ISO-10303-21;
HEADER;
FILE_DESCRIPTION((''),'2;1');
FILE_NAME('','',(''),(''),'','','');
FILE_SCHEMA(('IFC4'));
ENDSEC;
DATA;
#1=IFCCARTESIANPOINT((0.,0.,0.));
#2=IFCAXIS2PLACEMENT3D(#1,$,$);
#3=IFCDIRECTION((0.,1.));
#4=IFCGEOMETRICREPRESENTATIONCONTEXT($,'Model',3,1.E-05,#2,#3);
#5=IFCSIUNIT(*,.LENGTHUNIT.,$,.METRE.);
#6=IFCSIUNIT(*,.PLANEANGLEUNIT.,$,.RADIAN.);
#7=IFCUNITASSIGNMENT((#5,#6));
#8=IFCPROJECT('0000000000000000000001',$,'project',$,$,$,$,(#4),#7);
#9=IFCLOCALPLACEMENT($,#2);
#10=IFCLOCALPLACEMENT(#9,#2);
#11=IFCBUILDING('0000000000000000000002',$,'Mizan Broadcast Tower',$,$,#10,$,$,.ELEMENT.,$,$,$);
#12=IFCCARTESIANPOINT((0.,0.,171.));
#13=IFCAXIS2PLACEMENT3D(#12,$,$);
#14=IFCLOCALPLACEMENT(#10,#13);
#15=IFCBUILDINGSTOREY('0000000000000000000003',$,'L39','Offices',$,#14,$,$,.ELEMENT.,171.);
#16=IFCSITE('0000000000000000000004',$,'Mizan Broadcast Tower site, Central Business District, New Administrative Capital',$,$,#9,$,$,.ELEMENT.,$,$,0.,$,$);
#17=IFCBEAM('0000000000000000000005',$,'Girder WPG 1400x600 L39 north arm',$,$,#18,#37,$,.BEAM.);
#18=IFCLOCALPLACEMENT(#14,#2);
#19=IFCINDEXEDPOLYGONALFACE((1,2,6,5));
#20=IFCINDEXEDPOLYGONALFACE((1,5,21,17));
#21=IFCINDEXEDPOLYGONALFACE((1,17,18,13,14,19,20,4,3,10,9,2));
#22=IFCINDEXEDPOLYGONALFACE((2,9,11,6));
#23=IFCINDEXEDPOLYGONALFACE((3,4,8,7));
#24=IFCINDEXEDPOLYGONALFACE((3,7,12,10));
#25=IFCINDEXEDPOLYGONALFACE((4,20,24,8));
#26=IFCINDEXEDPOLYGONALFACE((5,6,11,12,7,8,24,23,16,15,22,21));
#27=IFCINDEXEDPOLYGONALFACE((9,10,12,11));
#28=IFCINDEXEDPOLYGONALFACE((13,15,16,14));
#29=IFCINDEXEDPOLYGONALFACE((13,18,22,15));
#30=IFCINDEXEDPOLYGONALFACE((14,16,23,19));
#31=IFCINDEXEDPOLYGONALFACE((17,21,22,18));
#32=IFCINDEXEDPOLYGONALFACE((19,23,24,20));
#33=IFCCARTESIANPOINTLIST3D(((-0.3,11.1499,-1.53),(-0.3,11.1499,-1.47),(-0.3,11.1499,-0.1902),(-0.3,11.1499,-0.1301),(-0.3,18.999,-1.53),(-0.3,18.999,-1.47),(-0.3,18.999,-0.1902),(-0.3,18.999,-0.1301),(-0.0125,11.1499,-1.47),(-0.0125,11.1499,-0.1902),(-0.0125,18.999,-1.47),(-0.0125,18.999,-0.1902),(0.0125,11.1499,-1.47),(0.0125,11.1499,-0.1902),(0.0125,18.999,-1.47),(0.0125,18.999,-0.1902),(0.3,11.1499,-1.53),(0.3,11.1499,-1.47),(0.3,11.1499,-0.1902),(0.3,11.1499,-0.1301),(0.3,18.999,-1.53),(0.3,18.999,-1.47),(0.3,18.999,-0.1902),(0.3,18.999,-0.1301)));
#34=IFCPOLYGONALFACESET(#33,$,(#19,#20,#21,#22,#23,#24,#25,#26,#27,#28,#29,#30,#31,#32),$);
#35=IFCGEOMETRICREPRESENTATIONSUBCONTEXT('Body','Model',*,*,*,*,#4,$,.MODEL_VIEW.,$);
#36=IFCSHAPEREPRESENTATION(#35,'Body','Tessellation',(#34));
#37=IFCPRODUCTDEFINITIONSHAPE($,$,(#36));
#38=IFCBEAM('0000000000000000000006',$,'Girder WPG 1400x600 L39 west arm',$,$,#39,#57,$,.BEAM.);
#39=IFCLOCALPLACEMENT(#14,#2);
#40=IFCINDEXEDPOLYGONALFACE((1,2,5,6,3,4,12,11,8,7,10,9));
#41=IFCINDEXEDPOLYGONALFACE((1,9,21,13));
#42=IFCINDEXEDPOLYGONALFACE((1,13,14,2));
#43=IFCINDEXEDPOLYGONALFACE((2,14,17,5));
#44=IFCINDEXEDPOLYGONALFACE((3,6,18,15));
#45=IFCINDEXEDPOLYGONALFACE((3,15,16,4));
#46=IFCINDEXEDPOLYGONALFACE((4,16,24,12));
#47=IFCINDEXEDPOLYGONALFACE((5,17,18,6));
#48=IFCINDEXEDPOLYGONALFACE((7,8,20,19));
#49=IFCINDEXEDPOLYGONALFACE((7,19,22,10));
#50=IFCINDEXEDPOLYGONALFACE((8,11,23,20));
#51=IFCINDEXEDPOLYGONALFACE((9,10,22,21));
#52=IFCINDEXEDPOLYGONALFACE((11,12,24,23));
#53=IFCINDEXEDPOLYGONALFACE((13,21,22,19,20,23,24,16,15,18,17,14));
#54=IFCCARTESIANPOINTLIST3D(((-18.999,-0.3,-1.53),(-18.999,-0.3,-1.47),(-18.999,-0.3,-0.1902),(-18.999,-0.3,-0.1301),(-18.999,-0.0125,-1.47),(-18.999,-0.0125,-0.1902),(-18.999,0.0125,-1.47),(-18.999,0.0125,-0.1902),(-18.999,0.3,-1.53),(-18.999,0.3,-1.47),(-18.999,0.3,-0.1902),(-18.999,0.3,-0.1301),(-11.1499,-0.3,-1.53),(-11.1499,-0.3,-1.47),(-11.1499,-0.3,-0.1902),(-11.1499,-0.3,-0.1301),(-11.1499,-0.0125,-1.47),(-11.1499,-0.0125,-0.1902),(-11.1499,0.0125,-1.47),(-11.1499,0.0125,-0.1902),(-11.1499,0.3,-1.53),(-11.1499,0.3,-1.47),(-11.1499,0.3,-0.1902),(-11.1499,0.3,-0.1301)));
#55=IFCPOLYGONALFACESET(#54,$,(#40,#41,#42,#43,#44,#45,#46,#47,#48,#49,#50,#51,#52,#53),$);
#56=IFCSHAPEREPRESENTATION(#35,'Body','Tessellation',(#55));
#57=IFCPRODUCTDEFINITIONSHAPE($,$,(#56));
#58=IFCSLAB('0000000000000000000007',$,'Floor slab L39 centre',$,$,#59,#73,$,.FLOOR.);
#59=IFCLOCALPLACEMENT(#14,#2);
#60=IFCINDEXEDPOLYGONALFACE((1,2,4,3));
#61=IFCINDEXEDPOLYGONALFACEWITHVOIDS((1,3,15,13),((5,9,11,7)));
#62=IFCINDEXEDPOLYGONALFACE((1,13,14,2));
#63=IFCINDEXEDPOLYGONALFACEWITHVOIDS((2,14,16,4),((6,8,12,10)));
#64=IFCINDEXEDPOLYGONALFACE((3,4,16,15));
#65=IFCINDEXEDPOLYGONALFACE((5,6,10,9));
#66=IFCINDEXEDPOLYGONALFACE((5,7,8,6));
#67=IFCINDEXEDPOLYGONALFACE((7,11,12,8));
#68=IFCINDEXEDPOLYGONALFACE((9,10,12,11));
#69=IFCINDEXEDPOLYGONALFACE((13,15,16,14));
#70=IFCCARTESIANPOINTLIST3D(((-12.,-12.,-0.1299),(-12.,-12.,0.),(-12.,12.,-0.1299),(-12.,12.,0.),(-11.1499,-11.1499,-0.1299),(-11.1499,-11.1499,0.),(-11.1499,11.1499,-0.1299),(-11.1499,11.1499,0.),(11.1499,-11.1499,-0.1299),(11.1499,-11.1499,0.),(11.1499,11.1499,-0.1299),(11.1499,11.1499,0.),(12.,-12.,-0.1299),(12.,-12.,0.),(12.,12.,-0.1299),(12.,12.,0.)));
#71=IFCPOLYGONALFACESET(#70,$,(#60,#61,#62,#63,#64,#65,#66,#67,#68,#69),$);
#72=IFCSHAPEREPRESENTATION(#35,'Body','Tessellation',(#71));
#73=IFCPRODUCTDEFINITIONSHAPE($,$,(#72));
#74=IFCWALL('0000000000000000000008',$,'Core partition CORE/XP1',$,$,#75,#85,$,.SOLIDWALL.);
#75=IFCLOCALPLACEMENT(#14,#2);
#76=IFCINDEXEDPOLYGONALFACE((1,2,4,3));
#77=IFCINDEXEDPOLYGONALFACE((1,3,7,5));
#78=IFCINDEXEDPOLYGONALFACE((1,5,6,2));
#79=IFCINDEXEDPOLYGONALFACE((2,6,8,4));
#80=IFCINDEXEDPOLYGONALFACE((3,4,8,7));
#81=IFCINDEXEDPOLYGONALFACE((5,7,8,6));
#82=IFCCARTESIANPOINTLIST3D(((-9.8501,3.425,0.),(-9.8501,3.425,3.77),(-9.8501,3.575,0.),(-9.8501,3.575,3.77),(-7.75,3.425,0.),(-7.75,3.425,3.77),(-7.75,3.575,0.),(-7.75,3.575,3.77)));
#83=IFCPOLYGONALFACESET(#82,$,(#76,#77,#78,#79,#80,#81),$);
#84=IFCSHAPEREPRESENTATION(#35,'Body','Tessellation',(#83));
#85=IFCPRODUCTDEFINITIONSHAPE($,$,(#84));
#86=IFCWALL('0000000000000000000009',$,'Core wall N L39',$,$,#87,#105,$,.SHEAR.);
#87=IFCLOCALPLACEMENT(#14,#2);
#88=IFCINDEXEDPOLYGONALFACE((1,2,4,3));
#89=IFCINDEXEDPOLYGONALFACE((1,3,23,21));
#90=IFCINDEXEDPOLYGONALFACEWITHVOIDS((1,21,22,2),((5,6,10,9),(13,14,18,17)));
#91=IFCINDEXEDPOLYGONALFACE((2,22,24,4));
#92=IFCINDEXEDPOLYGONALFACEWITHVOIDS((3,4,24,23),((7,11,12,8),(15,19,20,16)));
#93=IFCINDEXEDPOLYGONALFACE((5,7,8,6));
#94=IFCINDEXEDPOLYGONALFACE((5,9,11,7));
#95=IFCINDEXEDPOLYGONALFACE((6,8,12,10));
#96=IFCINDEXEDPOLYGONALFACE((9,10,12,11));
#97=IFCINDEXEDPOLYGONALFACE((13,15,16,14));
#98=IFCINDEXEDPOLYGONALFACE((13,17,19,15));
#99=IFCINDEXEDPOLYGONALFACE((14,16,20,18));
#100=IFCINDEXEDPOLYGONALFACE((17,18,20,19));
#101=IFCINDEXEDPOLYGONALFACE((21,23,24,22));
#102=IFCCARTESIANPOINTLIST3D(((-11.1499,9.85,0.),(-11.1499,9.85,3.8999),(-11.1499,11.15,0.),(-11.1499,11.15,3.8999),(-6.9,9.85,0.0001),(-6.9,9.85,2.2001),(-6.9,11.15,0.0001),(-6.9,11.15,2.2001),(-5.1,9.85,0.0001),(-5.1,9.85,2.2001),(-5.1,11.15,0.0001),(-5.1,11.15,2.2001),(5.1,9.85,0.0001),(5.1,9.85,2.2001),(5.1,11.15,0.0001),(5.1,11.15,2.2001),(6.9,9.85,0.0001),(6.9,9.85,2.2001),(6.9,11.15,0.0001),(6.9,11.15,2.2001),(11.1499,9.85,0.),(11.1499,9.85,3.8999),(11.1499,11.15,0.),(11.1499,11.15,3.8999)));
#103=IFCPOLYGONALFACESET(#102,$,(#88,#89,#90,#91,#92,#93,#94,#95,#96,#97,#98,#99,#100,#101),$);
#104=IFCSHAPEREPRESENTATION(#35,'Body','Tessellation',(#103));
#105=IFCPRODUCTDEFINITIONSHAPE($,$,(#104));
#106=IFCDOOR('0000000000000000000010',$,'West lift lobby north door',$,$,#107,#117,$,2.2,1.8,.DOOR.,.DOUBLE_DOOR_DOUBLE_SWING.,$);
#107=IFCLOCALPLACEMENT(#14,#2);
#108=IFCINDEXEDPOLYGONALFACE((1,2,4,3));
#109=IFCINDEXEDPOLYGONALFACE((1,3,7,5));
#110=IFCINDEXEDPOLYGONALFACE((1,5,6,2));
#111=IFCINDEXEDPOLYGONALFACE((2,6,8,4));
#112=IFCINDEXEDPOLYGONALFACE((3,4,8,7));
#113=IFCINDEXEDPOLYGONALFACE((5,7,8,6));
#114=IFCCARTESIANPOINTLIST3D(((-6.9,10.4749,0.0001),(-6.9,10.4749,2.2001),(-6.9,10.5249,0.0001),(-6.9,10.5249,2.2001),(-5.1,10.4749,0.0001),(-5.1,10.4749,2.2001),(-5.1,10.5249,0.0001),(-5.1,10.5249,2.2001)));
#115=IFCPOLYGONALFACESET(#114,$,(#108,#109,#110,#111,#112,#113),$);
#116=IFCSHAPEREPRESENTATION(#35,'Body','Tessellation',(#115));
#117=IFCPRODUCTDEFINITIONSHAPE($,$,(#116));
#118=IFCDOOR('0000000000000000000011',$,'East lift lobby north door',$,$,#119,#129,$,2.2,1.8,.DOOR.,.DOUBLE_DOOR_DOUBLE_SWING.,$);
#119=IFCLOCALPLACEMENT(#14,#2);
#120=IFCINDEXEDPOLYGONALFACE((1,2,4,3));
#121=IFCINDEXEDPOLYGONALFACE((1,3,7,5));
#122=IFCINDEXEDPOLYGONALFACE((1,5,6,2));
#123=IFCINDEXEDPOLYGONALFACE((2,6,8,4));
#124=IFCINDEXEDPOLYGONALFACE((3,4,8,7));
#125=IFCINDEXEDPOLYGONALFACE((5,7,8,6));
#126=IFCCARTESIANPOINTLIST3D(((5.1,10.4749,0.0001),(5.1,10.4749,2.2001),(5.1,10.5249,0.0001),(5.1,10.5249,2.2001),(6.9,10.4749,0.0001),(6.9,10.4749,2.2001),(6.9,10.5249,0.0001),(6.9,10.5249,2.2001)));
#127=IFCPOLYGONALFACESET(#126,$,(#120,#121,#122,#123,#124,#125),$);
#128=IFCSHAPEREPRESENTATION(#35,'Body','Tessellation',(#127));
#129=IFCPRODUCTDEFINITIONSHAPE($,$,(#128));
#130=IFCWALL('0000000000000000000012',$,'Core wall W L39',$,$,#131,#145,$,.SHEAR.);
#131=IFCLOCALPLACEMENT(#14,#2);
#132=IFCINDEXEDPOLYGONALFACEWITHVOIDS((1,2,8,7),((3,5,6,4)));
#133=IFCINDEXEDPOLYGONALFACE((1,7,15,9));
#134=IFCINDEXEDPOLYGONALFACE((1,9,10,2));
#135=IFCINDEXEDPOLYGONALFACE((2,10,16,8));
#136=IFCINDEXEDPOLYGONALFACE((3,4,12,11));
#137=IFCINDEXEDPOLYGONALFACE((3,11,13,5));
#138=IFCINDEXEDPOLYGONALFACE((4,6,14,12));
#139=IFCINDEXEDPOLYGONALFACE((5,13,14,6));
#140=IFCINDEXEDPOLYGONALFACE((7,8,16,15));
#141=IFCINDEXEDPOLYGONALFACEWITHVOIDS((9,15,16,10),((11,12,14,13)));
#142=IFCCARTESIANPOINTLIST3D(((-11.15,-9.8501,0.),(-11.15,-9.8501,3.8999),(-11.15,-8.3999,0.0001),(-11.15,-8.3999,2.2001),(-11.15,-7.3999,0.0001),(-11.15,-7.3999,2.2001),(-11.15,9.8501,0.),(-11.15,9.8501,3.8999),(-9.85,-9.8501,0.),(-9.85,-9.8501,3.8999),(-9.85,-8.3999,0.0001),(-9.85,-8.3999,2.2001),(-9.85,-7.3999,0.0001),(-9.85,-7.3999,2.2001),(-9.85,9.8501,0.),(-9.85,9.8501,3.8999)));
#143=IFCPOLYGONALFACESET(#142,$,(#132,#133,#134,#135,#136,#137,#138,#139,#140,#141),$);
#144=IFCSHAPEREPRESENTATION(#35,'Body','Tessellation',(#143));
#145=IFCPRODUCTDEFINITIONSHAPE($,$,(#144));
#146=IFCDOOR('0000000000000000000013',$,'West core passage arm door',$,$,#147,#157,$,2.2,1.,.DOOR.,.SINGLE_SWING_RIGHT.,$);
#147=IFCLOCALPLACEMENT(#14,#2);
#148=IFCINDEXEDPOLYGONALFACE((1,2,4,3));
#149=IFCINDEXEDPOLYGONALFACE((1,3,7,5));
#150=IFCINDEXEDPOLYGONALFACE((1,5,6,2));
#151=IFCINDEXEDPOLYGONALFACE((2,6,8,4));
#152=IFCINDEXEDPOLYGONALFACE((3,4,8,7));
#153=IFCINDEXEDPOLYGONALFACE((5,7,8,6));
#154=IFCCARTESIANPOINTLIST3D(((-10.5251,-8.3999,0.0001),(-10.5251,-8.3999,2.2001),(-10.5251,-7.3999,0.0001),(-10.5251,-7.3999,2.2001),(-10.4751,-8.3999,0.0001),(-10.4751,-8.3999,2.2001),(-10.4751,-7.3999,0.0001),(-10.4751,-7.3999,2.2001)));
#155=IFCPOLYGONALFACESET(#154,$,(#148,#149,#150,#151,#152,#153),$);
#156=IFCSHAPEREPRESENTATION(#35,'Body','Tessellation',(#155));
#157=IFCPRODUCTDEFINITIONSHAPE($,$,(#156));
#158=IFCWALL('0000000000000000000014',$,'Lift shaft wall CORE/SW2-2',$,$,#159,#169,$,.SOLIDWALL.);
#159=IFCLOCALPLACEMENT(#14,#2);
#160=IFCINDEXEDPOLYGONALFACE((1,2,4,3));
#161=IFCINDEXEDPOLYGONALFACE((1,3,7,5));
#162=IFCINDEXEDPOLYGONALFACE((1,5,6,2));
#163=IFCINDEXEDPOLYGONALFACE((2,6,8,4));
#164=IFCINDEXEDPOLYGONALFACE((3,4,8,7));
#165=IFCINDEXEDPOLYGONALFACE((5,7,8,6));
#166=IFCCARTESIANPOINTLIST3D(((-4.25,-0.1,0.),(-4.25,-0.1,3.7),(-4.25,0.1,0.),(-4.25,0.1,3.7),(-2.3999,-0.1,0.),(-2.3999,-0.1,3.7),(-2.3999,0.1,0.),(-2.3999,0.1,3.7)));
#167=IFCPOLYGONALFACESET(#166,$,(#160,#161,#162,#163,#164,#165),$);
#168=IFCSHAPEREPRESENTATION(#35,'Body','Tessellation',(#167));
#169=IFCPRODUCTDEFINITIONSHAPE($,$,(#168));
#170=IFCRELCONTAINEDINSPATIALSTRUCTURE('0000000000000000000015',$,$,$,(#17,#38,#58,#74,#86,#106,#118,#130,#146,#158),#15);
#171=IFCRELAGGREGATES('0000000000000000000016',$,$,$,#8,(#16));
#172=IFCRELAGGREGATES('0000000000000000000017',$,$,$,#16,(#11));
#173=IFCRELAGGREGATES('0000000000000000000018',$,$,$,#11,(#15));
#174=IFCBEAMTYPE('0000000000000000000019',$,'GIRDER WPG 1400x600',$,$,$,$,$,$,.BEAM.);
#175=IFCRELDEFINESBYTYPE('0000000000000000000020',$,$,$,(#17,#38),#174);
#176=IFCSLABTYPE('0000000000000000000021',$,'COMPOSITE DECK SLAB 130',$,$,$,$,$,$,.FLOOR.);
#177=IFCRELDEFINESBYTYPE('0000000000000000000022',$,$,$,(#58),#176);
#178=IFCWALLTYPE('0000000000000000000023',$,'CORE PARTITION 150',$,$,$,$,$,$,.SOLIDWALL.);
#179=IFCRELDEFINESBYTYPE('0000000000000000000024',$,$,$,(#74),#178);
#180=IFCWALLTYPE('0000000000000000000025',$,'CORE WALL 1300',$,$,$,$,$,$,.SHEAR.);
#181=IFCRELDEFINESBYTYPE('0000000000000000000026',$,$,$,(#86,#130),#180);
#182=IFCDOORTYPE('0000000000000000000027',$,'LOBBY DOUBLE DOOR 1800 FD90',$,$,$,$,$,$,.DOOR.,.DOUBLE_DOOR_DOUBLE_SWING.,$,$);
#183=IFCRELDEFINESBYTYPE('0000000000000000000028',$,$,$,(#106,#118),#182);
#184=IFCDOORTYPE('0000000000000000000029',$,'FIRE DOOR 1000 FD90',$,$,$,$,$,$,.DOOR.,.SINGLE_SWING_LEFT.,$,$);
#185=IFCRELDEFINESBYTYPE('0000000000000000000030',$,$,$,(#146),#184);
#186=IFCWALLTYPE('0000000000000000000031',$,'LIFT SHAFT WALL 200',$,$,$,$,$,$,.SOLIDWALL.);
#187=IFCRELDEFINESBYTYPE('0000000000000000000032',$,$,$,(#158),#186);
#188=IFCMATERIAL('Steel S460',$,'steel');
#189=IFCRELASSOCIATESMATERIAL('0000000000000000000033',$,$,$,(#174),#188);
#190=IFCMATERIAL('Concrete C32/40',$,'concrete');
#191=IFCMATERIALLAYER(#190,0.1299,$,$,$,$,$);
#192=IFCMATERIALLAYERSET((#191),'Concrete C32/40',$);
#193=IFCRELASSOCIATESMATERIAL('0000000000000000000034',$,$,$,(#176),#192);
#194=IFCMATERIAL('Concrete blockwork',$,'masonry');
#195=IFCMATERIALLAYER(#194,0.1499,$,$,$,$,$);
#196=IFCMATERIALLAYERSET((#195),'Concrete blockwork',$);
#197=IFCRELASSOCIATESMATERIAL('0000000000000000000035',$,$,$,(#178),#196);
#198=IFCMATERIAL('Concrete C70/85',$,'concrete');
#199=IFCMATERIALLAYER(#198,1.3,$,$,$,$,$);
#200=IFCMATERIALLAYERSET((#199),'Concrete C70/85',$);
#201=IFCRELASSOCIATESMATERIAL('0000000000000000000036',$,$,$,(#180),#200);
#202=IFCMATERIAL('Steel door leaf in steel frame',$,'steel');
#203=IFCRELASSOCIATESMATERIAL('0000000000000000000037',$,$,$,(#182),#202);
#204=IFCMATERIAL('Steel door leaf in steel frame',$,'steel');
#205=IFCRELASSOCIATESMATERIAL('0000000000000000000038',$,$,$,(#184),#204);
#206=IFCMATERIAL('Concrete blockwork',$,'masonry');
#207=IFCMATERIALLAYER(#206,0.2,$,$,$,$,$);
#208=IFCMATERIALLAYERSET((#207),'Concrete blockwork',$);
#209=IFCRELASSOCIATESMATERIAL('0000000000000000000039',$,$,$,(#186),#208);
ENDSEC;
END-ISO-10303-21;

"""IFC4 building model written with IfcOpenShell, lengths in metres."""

from ifc_helpers import new_model, si_unit, direction, frame, frame_2d, origin, origin_2d, place, context, subcontext, project, spatial, polyline, rectangle, i_section, outline, extrude, material, layer, layer_set, material_profile, profile_set, type_object, element, fill, save


model = new_model("IFC4")

# Units and contexts
model_context = context("Model", 3, precision=1e-05, world=origin(), true_north=direction((0.0, 1.0)))
body_context = subcontext(model_context, "Body", "Model", "MODEL_VIEW")
ifc_project = project(units=[si_unit("LENGTHUNIT", "METRE"), si_unit("PLANEANGLEUNIT", "RADIAN")], contexts=[model_context])

# Site, building, storey
site_placement = place(None, origin())
site = spatial("IfcSite", under=ifc_project, at=site_placement, Name="Mizan Broadcast Tower site, Central Business District, New Administrative Capital", CompositionType="ELEMENT", RefElevation=0.0)
building_placement = place(site_placement, origin())
building = spatial("IfcBuilding", under=site, at=building_placement, Name="Mizan Broadcast Tower", CompositionType="ELEMENT")
storey_placement = place(building_placement, frame((0.0, 0.0, 171.0)))
storey = spatial("IfcBuildingStorey", under=building, at=storey_placement, Name="L39", Description="Offices", CompositionType="ELEMENT", Elevation=171.0)

# Beams
ifc_material_1 = material(Name="Steel S460", Category="steel")
ifc_material_profile = material_profile(ifc_material_1, i_section(OverallWidth=0.6001, OverallDepth=1.3999, WebThickness=0.0249, FlangeThickness=0.0601, at=origin_2d()), Name="WPG 1400x600")
ifc_profile_set = profile_set([ifc_material_profile], Name="Steel S460")
beam_type = type_object("IfcBeamType", Name="GIRDER WPG 1400x600", PredefinedType="BEAM", material=ifc_profile_set)
for number, where, z_axis, x_axis, name in (
    (1, (0.0, 11.1499, -0.8301), (0.0, 1.0, 0.0), (-1.0, 0.0, 0.0), "Girder WPG 1400x600 L39 north arm"),
    (2, (-11.1499, 0.0, -0.8301), (-1.0, 0.0, 0.0), (0.0, -1.0, 0.0), "Girder WPG 1400x600 L39 west arm"),
):
    element("IfcBeam", number, at=place(storey_placement, frame(where, z_axis=z_axis, x_axis=x_axis)), inside=storey, type_object=beam_type, Name=name, PredefinedType="BEAM", context=body_context, shape_type="SweptSolid", body=[
        extrude(i_section(OverallWidth=0.6001, OverallDepth=1.3999, WebThickness=0.0249, FlangeThickness=0.0601, at=origin_2d()), origin(), (0.0, 0.0, 1.0), 7.8491),
    ])

# Slab
ifc_material_2 = material(Name="Concrete C32/40", Category="concrete")
ifc_layer_1 = layer(ifc_material_2, 0.1299)
ifc_layer_set_1 = layer_set([ifc_layer_1], Name="Concrete C32/40")
slab_type = type_object("IfcSlabType", Name="COMPOSITE DECK SLAB 130", PredefinedType="FLOOR", material=ifc_layer_set_1)
slab_placement = place(storey_placement, frame((0.0, 0.0, -0.1299)))
element("IfcSlab", 3, at=slab_placement, inside=storey, type_object=slab_type, Name="Floor slab L39 centre", PredefinedType="FLOOR", context=body_context, shape_type="SweptSolid", body=[
    extrude(outline(polyline([(-12.0, -12.0), (12.0, -12.0), (12.0, 12.0), (-12.0, 12.0), (-12.0, -12.0)]), holes=[polyline([(-11.1499, 11.1499), (11.1499, 11.1499), (11.1499, -11.1499), (-11.1499, -11.1499), (-11.1499, 11.1499)])]), origin(), (0.0, 0.0, 1.0), 0.1299),
])

# Wall
ifc_material_3 = material(Name="Concrete blockwork", Category="masonry")
ifc_layer_2 = layer(ifc_material_3, 0.1499)
ifc_layer_set_2 = layer_set([ifc_layer_2], Name="Concrete blockwork")
wall_type_1 = type_object("IfcWallType", Name="CORE PARTITION 150", PredefinedType="SOLIDWALL", material=ifc_layer_set_2)
wall_1_placement = place(storey_placement, frame((-9.8501, 3.5, 0.0), z_axis=(0.0, 0.0, 1.0), x_axis=(1.0, 0.0, 0.0)))
element("IfcWall", 4, at=wall_1_placement, inside=storey, type_object=wall_type_1, Name="Core partition CORE/XP1", PredefinedType="SOLIDWALL", context=body_context, shape_type="SweptSolid", body=[
    extrude(rectangle(XDim=2.1001, YDim=0.1499, at=frame_2d((1.05, 0.0))), origin(), (0.0, 0.0, 1.0), 3.77),
])

# Wall, openings, doors
ifc_material_4 = material(Name="Concrete C70/85", Category="concrete")
ifc_layer_3 = layer(ifc_material_4, 1.3)
ifc_layer_set_3 = layer_set([ifc_layer_3], Name="Concrete C70/85")
wall_type_2 = type_object("IfcWallType", Name="CORE WALL 1300", PredefinedType="SHEAR", material=ifc_layer_set_3)
wall_2_placement = place(storey_placement, frame((-11.1499, 10.5, 0.0), z_axis=(0.0, 0.0, 1.0), x_axis=(1.0, 0.0, 0.0)))
wall_2 = element("IfcWall", 5, at=wall_2_placement, inside=storey, type_object=wall_type_2, Name="Core wall N L39", PredefinedType="SHEAR", context=body_context, shape_type="SweptSolid", body=[
    extrude(rectangle(XDim=22.2998, YDim=1.3, at=frame_2d((11.1499, 0.0))), origin(), (0.0, 0.0, 1.0), 3.8999),
])
opening_1_placement = place(wall_2_placement, frame((4.25, 0.0, 0.0)))
opening_1 = element("IfcOpeningElement", 6, at=opening_1_placement, cuts=wall_2, PredefinedType="OPENING", context=body_context, shape_type="SweptSolid", body=[
    extrude(rectangle(XDim=1.8, YDim=2.2, at=frame_2d((0.8999, 1.1001))), frame((0.0, 0.6599, 0.0), z_axis=(0.0, -1.0, 0.0), x_axis=(1.0, 0.0, 0.0)), (0.0, 0.0, 1.0), 1.3201),
])
opening_2_placement = place(wall_2_placement, frame((16.25, 0.0, 0.0)))
opening_2 = element("IfcOpeningElement", 7, at=opening_2_placement, cuts=wall_2, PredefinedType="OPENING", context=body_context, shape_type="SweptSolid", body=[
    extrude(rectangle(XDim=1.8, YDim=2.2, at=frame_2d((0.8999, 1.1001))), frame((0.0, 0.6599, 0.0), z_axis=(0.0, -1.0, 0.0), x_axis=(1.0, 0.0, 0.0)), (0.0, 0.0, 1.0), 1.3201),
])
ifc_material_5 = material(Name="Steel door leaf in steel frame", Category="steel")
door_type_1 = type_object("IfcDoorType", Name="LOBBY DOUBLE DOOR 1800 FD90", OperationType="DOUBLE_DOOR_DOUBLE_SWING", PredefinedType="DOOR", material=ifc_material_5)
door_1_placement = place(opening_1_placement, origin())
door_1 = element("IfcDoor", 8, at=door_1_placement, inside=storey, type_object=door_type_1, Name="West lift lobby north door", OperationType="DOUBLE_DOOR_DOUBLE_SWING", OverallHeight=2.2, OverallWidth=1.8, PredefinedType="DOOR", context=body_context, shape_type="SweptSolid", body=[
    extrude(rectangle(XDim=1.8, YDim=2.2, at=frame_2d((0.8999, 1.1001))), frame((0.0, 0.0249, 0.0), z_axis=(0.0, -1.0, 0.0), x_axis=(1.0, 0.0, 0.0)), (0.0, 0.0, 1.0), 0.05),
])
fill(opening_1, door_1)
door_2_placement = place(opening_2_placement, origin())
door_2 = element("IfcDoor", 9, at=door_2_placement, inside=storey, type_object=door_type_1, Name="East lift lobby north door", OperationType="DOUBLE_DOOR_DOUBLE_SWING", OverallHeight=2.2, OverallWidth=1.8, PredefinedType="DOOR", context=body_context, shape_type="SweptSolid", body=[
    extrude(rectangle(XDim=1.8, YDim=2.2, at=frame_2d((0.8999, 1.1001))), frame((0.0, 0.0249, 0.0), z_axis=(0.0, -1.0, 0.0), x_axis=(1.0, 0.0, 0.0)), (0.0, 0.0, 1.0), 0.05),
])
fill(opening_2, door_2)

# Wall, opening, door
wall_3_placement = place(storey_placement, frame((-10.5, 9.8501, 0.0), z_axis=(0.0, 0.0, 1.0), x_axis=(0.0, -1.0, 0.0)))
wall_3 = element("IfcWall", 10, at=wall_3_placement, inside=storey, type_object=wall_type_2, Name="Core wall W L39", PredefinedType="SHEAR", context=body_context, shape_type="SweptSolid", body=[
    extrude(rectangle(XDim=19.7002, YDim=1.3, at=frame_2d((9.8501, 0.0))), origin(), (0.0, 0.0, 1.0), 3.8999),
])
opening_3_placement = place(wall_3_placement, frame((17.25, 0.0, 0.0)))
opening_3 = element("IfcOpeningElement", 11, at=opening_3_placement, cuts=wall_3, PredefinedType="OPENING", context=body_context, shape_type="SweptSolid", body=[
    extrude(rectangle(XDim=1.0, YDim=2.2, at=frame_2d((0.5, 1.1001))), frame((0.0, 0.6599, 0.0), z_axis=(0.0, -1.0, 0.0), x_axis=(1.0, 0.0, 0.0)), (0.0, 0.0, 1.0), 1.3201),
])
ifc_material_6 = material(Name="Steel door leaf in steel frame", Category="steel")
door_type_2 = type_object("IfcDoorType", Name="FIRE DOOR 1000 FD90", OperationType="SINGLE_SWING_LEFT", PredefinedType="DOOR", material=ifc_material_6)
door_3_placement = place(opening_3_placement, origin())
door_3 = element("IfcDoor", 12, at=door_3_placement, inside=storey, type_object=door_type_2, Name="West core passage arm door", OperationType="SINGLE_SWING_RIGHT", OverallHeight=2.2, OverallWidth=1.0, PredefinedType="DOOR", context=body_context, shape_type="SweptSolid", body=[
    extrude(rectangle(XDim=1.0, YDim=2.2, at=frame_2d((0.5, 1.1001))), frame((0.0, 0.0249, 0.0), z_axis=(0.0, -1.0, 0.0), x_axis=(1.0, 0.0, 0.0)), (0.0, 0.0, 1.0), 0.05),
])
fill(opening_3, door_3)

# Wall
ifc_material_7 = material(Name="Concrete blockwork", Category="masonry")
ifc_layer_4 = layer(ifc_material_7, 0.2)
ifc_layer_set_4 = layer_set([ifc_layer_4], Name="Concrete blockwork")
wall_type_3 = type_object("IfcWallType", Name="LIFT SHAFT WALL 200", PredefinedType="SOLIDWALL", material=ifc_layer_set_4)
for number, where, z_axis, x_axis, name in (
    (13, (-4.25, 0.0, 0.0), (0.0, 0.0, 1.0), (1.0, 0.0, 0.0), "Lift shaft wall CORE/SW2-2"),
):
    element("IfcWall", number, at=place(storey_placement, frame(where, z_axis=z_axis, x_axis=x_axis)), inside=storey, type_object=wall_type_3, Name=name, PredefinedType="SOLIDWALL", context=body_context, shape_type="SweptSolid", body=[
        extrude(rectangle(XDim=1.8501, YDim=0.2, at=frame_2d((0.925, 0.0))), origin(), (0.0, 0.0, 1.0), 3.7),
    ])

save(model, "model.ifc")
